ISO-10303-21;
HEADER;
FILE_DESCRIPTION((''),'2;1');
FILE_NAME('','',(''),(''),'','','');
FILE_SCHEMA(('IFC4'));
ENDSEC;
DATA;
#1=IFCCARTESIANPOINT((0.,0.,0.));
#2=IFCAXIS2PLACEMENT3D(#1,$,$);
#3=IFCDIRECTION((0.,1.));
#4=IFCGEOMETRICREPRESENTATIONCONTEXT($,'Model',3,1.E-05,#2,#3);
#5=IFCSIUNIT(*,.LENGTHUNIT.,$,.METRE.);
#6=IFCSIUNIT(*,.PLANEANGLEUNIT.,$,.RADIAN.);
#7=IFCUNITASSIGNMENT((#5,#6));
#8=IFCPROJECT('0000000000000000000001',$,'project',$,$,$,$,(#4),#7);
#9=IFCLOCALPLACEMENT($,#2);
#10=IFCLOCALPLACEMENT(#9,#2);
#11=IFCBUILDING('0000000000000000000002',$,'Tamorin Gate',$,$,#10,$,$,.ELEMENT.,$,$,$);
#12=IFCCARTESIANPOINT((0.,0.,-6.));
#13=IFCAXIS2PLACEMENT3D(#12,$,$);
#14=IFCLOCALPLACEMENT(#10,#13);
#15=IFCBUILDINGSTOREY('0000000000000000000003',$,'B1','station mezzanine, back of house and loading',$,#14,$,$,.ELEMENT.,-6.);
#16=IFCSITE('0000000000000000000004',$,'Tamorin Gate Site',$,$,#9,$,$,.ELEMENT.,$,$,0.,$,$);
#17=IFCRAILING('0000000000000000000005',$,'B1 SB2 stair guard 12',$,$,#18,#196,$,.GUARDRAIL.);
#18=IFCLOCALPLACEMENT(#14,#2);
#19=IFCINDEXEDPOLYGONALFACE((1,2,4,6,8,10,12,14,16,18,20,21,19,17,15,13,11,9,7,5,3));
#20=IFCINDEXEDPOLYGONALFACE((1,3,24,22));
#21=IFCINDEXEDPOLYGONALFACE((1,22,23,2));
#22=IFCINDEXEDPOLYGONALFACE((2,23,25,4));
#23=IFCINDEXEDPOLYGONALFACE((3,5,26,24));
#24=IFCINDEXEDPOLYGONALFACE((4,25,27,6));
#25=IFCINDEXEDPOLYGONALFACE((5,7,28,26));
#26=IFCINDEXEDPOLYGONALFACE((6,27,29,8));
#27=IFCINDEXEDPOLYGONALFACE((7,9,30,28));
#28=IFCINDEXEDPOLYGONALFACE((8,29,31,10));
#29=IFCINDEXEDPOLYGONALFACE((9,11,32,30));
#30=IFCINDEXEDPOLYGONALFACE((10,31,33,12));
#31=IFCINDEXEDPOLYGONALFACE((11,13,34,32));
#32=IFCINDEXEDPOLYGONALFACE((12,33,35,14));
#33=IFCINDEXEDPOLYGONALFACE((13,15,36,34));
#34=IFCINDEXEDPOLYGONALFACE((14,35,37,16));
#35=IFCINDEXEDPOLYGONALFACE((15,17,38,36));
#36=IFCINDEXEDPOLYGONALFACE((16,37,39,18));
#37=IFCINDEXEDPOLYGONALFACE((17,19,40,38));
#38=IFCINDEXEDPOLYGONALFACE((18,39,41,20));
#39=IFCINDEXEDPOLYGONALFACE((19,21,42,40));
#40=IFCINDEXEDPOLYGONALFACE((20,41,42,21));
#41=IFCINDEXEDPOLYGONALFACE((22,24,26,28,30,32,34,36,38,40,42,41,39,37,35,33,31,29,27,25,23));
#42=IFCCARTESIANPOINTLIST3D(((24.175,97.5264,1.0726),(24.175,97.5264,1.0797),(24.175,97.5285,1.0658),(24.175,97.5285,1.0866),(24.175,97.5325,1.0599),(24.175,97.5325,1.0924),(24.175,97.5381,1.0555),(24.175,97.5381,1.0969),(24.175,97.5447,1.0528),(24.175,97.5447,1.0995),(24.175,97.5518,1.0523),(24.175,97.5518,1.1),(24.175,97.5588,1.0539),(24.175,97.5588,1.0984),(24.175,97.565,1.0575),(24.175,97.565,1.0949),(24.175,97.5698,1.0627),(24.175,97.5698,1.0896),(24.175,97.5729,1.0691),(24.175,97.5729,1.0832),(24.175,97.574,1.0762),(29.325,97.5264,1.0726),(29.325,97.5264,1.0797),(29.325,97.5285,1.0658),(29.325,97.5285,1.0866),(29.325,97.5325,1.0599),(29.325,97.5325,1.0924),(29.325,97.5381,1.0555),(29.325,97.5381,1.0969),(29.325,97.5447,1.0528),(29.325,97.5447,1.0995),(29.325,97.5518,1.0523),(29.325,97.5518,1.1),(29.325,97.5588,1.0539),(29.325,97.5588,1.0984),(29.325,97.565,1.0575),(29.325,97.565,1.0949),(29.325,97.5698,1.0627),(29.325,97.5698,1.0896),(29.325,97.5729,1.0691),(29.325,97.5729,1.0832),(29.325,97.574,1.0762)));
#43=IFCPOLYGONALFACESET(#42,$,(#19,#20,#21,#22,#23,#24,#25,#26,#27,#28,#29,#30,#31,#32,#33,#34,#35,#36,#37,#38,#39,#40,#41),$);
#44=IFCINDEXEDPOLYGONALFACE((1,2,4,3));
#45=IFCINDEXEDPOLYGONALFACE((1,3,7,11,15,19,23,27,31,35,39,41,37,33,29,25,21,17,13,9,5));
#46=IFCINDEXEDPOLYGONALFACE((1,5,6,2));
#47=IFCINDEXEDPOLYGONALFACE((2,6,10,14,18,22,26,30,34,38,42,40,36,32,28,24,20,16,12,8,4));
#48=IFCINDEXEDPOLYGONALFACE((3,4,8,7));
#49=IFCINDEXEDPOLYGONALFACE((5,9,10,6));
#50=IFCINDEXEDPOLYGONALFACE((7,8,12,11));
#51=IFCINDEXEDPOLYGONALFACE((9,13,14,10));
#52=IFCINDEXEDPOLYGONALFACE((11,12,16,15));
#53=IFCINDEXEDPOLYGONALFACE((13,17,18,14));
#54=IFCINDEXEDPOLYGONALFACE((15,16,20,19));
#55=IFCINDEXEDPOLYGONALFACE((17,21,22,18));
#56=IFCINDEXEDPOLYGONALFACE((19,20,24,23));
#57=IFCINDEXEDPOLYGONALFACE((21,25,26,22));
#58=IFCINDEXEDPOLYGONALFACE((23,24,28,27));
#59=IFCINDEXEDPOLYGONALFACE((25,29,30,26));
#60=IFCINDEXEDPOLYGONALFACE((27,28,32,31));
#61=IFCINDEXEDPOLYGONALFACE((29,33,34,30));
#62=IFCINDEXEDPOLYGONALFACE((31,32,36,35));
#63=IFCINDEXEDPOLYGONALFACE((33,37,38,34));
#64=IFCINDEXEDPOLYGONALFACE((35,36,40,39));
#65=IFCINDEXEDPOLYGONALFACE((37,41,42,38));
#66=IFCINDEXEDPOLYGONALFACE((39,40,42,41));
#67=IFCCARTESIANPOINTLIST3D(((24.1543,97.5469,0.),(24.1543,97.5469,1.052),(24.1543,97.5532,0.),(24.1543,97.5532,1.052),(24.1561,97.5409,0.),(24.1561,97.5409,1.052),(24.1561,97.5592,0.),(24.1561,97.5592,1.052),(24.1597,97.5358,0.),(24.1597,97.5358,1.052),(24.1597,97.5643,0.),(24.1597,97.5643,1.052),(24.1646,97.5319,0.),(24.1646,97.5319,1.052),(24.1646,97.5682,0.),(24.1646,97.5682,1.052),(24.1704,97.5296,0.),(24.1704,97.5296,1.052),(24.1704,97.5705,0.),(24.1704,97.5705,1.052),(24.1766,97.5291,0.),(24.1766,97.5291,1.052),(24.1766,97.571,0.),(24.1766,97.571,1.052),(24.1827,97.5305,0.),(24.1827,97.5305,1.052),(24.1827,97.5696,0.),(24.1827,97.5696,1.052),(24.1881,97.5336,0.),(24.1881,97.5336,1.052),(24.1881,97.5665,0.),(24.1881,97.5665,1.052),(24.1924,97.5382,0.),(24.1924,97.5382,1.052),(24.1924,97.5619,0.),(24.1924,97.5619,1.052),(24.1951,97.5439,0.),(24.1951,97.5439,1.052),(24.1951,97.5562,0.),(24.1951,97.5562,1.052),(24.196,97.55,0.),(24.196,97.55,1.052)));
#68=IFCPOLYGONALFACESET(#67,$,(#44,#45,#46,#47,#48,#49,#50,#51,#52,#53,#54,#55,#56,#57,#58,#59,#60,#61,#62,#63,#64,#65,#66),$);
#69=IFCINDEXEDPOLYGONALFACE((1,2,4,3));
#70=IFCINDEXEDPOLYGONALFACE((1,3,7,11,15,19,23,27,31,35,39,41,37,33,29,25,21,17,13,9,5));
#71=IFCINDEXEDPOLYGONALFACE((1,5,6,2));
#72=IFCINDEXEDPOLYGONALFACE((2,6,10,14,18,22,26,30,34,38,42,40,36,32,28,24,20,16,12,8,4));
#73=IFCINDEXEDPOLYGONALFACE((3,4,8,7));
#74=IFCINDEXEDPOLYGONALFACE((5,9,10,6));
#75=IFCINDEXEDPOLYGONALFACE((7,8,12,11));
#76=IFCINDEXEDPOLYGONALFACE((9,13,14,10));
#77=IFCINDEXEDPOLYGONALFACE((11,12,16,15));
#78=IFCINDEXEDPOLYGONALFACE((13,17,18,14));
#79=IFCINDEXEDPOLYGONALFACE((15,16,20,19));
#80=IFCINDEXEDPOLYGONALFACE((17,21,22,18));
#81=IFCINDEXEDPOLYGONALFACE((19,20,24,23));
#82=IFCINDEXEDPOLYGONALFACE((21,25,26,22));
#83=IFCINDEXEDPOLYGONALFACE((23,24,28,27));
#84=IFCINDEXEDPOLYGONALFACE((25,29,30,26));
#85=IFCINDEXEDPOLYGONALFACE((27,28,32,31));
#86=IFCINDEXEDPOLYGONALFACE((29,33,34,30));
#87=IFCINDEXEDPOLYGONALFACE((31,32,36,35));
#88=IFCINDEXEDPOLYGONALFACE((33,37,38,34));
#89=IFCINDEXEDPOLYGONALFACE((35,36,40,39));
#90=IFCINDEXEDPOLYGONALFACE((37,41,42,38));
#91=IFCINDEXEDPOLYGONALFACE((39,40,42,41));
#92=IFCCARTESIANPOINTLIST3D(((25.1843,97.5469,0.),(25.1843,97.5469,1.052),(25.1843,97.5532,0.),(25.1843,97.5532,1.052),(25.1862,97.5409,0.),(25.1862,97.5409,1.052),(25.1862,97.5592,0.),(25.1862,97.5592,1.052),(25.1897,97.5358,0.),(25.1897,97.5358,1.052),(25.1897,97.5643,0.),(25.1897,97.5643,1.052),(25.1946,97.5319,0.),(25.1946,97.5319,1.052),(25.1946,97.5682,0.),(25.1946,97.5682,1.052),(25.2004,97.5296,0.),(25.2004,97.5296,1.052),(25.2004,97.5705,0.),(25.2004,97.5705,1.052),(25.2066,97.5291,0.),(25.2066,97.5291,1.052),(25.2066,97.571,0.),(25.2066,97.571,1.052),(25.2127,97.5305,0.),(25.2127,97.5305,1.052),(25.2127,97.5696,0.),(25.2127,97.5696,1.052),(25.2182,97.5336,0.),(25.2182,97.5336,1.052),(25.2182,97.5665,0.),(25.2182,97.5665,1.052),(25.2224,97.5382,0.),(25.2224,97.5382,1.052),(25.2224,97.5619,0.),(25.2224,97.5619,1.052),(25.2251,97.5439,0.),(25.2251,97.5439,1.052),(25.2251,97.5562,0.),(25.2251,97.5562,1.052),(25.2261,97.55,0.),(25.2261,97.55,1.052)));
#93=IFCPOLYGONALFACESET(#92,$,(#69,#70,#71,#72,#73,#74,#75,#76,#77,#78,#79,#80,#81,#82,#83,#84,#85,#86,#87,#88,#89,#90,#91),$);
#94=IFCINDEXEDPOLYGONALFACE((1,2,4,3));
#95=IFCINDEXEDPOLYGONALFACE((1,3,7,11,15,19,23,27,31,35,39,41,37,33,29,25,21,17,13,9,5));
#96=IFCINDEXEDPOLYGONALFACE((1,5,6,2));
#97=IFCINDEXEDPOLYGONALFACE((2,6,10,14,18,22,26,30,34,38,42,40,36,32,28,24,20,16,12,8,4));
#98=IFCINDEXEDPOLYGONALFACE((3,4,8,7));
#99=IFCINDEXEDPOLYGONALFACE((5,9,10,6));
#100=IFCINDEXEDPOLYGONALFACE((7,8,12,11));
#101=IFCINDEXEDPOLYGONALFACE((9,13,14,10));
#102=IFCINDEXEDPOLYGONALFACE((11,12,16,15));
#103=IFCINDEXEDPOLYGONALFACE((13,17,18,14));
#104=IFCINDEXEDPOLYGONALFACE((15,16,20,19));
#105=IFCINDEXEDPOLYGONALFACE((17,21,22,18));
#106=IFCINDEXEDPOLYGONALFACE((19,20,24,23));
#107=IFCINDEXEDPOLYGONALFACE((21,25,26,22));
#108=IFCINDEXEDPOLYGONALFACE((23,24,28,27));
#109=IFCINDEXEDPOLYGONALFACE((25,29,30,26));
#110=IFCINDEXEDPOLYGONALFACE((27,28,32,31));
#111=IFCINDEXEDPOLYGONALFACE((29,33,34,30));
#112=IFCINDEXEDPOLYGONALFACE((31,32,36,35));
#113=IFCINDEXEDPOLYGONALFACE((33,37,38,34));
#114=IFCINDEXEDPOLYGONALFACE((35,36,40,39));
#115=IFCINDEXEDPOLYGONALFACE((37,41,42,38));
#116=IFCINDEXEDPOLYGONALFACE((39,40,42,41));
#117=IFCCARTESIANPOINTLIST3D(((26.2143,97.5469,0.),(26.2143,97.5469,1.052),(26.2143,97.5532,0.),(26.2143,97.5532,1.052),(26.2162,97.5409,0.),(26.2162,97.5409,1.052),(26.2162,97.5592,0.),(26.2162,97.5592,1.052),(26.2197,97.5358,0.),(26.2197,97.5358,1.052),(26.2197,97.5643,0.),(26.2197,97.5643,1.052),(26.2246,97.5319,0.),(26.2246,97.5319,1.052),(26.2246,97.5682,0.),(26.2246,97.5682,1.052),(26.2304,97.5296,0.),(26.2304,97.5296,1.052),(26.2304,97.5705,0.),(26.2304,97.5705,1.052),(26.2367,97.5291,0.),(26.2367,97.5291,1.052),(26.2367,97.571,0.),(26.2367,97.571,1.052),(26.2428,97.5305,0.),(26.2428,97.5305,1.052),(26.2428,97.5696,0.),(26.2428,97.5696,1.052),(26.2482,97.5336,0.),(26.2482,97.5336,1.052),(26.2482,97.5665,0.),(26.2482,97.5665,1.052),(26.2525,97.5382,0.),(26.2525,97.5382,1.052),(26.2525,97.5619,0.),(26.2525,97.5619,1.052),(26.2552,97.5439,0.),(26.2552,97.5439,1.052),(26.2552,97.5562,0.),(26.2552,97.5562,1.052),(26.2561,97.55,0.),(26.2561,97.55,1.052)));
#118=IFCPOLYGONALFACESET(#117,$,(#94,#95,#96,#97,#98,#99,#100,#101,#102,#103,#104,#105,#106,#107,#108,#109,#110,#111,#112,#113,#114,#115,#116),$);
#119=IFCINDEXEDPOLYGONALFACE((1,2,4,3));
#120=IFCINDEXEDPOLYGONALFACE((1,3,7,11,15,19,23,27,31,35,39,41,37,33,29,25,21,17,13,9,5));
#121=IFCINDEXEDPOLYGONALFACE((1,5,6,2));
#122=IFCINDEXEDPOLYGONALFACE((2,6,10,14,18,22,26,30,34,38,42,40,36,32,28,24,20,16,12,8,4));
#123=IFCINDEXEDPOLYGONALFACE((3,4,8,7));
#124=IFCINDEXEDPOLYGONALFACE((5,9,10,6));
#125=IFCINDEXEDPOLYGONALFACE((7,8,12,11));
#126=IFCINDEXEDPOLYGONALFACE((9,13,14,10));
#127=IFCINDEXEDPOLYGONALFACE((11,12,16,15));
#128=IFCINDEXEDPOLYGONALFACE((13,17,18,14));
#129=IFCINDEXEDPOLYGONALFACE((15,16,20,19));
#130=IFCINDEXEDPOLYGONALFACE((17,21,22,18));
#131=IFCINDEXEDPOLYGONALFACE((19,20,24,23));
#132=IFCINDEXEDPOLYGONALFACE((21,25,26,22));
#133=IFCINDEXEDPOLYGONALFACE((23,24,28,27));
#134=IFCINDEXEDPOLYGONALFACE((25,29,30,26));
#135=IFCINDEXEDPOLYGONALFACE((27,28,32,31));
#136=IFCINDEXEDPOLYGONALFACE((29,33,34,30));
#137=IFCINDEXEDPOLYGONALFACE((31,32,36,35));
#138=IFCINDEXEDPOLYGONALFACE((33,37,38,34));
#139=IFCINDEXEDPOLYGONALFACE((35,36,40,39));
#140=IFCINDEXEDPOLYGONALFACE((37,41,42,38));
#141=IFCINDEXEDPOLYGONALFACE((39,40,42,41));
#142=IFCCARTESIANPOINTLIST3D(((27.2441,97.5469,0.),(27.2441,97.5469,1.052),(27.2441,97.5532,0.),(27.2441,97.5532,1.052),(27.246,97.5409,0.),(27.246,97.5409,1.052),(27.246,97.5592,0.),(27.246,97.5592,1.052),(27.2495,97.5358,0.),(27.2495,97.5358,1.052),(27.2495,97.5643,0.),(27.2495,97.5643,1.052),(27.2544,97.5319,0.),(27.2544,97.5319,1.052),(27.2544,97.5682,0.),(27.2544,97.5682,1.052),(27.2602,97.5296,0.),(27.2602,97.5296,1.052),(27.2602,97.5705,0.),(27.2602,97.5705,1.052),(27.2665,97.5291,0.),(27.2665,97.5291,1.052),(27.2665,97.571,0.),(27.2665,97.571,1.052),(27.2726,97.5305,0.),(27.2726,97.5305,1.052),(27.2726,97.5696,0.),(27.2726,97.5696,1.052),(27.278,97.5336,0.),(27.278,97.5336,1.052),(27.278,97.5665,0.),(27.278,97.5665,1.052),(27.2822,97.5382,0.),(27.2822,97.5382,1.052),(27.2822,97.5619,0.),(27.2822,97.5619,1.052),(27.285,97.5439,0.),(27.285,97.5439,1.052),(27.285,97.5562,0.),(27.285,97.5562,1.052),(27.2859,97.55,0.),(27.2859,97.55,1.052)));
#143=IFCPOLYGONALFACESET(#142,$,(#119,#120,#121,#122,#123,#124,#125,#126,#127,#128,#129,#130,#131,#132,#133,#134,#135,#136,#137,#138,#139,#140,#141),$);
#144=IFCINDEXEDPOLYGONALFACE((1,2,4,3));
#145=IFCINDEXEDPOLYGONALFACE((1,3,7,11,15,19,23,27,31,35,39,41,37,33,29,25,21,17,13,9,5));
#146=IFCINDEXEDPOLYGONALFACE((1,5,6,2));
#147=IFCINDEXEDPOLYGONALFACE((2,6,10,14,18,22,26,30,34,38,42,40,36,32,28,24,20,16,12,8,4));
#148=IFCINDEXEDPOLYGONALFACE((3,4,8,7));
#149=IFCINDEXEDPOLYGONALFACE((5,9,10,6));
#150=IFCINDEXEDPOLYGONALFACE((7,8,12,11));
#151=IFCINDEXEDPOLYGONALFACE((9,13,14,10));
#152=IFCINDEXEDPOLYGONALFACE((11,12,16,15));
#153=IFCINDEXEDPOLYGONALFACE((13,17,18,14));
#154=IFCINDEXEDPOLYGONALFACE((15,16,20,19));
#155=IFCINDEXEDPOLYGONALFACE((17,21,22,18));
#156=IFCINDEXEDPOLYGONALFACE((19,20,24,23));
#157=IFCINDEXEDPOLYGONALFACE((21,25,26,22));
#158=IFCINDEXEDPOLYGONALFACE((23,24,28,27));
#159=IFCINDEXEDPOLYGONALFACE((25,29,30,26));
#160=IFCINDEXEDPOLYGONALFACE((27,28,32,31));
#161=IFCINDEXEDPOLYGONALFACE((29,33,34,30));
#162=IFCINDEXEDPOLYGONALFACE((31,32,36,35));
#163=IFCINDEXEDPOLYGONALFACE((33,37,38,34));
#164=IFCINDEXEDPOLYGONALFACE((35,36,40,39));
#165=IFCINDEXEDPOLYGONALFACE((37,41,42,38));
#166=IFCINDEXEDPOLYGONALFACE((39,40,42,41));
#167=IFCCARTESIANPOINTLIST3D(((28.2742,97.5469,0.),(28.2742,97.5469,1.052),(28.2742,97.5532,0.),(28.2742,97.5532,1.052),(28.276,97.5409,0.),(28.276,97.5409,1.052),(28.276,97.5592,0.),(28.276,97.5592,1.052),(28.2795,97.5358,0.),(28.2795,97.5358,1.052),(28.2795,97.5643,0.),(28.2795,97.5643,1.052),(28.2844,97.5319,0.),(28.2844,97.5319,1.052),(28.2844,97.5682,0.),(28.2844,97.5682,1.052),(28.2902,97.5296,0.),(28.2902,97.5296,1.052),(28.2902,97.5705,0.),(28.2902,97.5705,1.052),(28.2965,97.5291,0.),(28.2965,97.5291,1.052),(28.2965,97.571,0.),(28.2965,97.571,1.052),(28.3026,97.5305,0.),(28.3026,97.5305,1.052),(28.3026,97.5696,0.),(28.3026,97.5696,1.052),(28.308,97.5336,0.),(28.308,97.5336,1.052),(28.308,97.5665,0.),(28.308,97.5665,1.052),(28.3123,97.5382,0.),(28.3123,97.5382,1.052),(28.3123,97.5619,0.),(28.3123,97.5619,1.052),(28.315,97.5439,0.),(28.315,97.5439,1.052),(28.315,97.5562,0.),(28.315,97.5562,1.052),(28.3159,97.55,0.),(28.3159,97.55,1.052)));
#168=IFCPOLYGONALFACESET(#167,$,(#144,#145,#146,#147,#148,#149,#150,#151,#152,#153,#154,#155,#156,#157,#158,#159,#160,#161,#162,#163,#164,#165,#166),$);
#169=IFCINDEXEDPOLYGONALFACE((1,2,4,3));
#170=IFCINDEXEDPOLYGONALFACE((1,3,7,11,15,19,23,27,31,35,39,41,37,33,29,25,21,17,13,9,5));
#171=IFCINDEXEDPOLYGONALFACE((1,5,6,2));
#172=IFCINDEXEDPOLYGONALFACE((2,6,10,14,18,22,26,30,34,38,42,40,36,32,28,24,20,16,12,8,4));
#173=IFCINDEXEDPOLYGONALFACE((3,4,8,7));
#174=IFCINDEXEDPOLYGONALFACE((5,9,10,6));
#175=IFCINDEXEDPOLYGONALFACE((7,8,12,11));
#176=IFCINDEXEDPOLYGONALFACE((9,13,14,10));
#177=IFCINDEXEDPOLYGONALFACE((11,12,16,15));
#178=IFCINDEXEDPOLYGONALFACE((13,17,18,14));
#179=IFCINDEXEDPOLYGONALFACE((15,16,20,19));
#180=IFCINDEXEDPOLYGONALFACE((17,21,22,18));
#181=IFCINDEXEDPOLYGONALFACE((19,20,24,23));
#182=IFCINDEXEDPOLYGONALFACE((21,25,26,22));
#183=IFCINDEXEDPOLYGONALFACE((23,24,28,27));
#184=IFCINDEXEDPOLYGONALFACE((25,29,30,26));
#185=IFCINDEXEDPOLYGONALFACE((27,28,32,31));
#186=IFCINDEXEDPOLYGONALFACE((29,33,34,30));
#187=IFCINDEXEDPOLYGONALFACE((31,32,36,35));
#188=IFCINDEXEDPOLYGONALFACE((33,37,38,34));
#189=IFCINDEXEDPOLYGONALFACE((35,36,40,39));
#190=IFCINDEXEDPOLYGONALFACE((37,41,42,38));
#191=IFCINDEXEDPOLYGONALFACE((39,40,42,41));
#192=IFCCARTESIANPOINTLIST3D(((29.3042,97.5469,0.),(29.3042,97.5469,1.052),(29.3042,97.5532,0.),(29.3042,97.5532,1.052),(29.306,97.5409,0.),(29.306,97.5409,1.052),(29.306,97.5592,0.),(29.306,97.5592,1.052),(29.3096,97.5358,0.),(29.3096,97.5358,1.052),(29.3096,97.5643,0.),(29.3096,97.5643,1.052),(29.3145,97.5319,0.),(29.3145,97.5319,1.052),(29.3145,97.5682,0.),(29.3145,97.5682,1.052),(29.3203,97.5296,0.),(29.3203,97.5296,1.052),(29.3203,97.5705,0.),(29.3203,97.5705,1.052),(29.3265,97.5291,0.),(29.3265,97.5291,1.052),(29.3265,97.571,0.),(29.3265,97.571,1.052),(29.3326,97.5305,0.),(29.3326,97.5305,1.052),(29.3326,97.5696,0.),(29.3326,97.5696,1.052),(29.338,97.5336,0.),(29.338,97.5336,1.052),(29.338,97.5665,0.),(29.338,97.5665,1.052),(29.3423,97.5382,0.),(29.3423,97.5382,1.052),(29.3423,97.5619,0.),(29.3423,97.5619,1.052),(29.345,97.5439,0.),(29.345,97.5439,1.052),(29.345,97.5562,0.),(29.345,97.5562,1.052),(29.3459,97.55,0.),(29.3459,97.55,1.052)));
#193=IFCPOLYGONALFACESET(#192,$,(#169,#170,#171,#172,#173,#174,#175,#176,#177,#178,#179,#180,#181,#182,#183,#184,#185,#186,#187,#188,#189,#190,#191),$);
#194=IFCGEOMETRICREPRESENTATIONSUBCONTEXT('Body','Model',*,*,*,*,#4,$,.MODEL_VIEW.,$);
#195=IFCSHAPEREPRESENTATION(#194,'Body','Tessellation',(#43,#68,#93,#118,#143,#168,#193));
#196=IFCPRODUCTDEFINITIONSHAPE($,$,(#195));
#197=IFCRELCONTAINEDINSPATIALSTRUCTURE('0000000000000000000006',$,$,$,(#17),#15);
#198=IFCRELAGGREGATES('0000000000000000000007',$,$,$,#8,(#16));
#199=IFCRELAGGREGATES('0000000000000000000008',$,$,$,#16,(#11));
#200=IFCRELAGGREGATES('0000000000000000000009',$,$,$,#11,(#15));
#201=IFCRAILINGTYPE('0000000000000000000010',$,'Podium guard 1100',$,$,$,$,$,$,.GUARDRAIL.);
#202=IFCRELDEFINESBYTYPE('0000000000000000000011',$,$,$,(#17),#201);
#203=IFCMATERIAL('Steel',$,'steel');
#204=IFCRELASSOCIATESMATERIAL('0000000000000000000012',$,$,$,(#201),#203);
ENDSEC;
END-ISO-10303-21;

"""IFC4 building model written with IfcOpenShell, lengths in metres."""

from ifc_helpers import new_model, si_unit, direction, frame, origin, origin_2d, place, context, subcontext, project, spatial, circle, extrude, material, type_object, element, save


model = new_model("IFC4")

# Units and contexts
model_context = context("Model", 3, precision=1e-05, world=origin(), true_north=direction((0.0, 1.0)))
body_context = subcontext(model_context, "Body", "Model", "MODEL_VIEW")
ifc_project = project(units=[si_unit("LENGTHUNIT", "METRE"), si_unit("PLANEANGLEUNIT", "RADIAN")], contexts=[model_context])

# Site, building, storey
site_placement = place(None, origin())
site = spatial("IfcSite", under=ifc_project, at=site_placement, Name="Tamorin Gate Site", CompositionType="ELEMENT", RefElevation=0.0)
building_placement = place(site_placement, origin())
building = spatial("IfcBuilding", under=site, at=building_placement, Name="Tamorin Gate", CompositionType="ELEMENT")
storey_placement = place(building_placement, frame((0.0, 0.0, -6.0)))
storey = spatial("IfcBuildingStorey", under=building, at=storey_placement, Name="B1", Description="station mezzanine, back of house and loading", CompositionType="ELEMENT", Elevation=-6.0)

# Railing
ifc_material_1 = material(Name="Steel", Category="steel")
railing_type = type_object("IfcRailingType", Name="Podium guard 1100", PredefinedType="GUARDRAIL", material=ifc_material_1)
railing_placement = place(storey_placement, frame((24.175, 97.55, 0.0)))
element("IfcRailing", 1, at=railing_placement, inside=storey, type_object=railing_type, Name="B1 SB2 stair guard 12", PredefinedType="GUARDRAIL", context=body_context, shape_type="SweptSolid", body=[
    extrude(circle(Radius=0.0239, at=origin_2d()), frame((0.0, 0.0, 1.0762), z_axis=(1.0, 0.0, 0.0), x_axis=(0.0, 1.0, 0.0)), (0.0, 0.0, 1.0), 5.1499),
    extrude(circle(Radius=0.021, at=origin_2d()), origin(), (0.0, 0.0, 1.0), 1.052),
    extrude(circle(Radius=0.021, at=origin_2d()), frame((1.03, 0.0, 0.0)), (0.0, 0.0, 1.0), 1.052),
    extrude(circle(Radius=0.021, at=origin_2d()), frame((2.0601, 0.0, 0.0)), (0.0, 0.0, 1.0), 1.052),
    extrude(circle(Radius=0.021, at=origin_2d()), frame((3.0898, 0.0, 0.0)), (0.0, 0.0, 1.0), 1.052),
    extrude(circle(Radius=0.021, at=origin_2d()), frame((4.1199, 0.0, 0.0)), (0.0, 0.0, 1.0), 1.052),
    extrude(circle(Radius=0.021, at=origin_2d()), frame((5.1499, 0.0, 0.0)), (0.0, 0.0, 1.0), 1.052),
])

save(model, "model.ifc")
